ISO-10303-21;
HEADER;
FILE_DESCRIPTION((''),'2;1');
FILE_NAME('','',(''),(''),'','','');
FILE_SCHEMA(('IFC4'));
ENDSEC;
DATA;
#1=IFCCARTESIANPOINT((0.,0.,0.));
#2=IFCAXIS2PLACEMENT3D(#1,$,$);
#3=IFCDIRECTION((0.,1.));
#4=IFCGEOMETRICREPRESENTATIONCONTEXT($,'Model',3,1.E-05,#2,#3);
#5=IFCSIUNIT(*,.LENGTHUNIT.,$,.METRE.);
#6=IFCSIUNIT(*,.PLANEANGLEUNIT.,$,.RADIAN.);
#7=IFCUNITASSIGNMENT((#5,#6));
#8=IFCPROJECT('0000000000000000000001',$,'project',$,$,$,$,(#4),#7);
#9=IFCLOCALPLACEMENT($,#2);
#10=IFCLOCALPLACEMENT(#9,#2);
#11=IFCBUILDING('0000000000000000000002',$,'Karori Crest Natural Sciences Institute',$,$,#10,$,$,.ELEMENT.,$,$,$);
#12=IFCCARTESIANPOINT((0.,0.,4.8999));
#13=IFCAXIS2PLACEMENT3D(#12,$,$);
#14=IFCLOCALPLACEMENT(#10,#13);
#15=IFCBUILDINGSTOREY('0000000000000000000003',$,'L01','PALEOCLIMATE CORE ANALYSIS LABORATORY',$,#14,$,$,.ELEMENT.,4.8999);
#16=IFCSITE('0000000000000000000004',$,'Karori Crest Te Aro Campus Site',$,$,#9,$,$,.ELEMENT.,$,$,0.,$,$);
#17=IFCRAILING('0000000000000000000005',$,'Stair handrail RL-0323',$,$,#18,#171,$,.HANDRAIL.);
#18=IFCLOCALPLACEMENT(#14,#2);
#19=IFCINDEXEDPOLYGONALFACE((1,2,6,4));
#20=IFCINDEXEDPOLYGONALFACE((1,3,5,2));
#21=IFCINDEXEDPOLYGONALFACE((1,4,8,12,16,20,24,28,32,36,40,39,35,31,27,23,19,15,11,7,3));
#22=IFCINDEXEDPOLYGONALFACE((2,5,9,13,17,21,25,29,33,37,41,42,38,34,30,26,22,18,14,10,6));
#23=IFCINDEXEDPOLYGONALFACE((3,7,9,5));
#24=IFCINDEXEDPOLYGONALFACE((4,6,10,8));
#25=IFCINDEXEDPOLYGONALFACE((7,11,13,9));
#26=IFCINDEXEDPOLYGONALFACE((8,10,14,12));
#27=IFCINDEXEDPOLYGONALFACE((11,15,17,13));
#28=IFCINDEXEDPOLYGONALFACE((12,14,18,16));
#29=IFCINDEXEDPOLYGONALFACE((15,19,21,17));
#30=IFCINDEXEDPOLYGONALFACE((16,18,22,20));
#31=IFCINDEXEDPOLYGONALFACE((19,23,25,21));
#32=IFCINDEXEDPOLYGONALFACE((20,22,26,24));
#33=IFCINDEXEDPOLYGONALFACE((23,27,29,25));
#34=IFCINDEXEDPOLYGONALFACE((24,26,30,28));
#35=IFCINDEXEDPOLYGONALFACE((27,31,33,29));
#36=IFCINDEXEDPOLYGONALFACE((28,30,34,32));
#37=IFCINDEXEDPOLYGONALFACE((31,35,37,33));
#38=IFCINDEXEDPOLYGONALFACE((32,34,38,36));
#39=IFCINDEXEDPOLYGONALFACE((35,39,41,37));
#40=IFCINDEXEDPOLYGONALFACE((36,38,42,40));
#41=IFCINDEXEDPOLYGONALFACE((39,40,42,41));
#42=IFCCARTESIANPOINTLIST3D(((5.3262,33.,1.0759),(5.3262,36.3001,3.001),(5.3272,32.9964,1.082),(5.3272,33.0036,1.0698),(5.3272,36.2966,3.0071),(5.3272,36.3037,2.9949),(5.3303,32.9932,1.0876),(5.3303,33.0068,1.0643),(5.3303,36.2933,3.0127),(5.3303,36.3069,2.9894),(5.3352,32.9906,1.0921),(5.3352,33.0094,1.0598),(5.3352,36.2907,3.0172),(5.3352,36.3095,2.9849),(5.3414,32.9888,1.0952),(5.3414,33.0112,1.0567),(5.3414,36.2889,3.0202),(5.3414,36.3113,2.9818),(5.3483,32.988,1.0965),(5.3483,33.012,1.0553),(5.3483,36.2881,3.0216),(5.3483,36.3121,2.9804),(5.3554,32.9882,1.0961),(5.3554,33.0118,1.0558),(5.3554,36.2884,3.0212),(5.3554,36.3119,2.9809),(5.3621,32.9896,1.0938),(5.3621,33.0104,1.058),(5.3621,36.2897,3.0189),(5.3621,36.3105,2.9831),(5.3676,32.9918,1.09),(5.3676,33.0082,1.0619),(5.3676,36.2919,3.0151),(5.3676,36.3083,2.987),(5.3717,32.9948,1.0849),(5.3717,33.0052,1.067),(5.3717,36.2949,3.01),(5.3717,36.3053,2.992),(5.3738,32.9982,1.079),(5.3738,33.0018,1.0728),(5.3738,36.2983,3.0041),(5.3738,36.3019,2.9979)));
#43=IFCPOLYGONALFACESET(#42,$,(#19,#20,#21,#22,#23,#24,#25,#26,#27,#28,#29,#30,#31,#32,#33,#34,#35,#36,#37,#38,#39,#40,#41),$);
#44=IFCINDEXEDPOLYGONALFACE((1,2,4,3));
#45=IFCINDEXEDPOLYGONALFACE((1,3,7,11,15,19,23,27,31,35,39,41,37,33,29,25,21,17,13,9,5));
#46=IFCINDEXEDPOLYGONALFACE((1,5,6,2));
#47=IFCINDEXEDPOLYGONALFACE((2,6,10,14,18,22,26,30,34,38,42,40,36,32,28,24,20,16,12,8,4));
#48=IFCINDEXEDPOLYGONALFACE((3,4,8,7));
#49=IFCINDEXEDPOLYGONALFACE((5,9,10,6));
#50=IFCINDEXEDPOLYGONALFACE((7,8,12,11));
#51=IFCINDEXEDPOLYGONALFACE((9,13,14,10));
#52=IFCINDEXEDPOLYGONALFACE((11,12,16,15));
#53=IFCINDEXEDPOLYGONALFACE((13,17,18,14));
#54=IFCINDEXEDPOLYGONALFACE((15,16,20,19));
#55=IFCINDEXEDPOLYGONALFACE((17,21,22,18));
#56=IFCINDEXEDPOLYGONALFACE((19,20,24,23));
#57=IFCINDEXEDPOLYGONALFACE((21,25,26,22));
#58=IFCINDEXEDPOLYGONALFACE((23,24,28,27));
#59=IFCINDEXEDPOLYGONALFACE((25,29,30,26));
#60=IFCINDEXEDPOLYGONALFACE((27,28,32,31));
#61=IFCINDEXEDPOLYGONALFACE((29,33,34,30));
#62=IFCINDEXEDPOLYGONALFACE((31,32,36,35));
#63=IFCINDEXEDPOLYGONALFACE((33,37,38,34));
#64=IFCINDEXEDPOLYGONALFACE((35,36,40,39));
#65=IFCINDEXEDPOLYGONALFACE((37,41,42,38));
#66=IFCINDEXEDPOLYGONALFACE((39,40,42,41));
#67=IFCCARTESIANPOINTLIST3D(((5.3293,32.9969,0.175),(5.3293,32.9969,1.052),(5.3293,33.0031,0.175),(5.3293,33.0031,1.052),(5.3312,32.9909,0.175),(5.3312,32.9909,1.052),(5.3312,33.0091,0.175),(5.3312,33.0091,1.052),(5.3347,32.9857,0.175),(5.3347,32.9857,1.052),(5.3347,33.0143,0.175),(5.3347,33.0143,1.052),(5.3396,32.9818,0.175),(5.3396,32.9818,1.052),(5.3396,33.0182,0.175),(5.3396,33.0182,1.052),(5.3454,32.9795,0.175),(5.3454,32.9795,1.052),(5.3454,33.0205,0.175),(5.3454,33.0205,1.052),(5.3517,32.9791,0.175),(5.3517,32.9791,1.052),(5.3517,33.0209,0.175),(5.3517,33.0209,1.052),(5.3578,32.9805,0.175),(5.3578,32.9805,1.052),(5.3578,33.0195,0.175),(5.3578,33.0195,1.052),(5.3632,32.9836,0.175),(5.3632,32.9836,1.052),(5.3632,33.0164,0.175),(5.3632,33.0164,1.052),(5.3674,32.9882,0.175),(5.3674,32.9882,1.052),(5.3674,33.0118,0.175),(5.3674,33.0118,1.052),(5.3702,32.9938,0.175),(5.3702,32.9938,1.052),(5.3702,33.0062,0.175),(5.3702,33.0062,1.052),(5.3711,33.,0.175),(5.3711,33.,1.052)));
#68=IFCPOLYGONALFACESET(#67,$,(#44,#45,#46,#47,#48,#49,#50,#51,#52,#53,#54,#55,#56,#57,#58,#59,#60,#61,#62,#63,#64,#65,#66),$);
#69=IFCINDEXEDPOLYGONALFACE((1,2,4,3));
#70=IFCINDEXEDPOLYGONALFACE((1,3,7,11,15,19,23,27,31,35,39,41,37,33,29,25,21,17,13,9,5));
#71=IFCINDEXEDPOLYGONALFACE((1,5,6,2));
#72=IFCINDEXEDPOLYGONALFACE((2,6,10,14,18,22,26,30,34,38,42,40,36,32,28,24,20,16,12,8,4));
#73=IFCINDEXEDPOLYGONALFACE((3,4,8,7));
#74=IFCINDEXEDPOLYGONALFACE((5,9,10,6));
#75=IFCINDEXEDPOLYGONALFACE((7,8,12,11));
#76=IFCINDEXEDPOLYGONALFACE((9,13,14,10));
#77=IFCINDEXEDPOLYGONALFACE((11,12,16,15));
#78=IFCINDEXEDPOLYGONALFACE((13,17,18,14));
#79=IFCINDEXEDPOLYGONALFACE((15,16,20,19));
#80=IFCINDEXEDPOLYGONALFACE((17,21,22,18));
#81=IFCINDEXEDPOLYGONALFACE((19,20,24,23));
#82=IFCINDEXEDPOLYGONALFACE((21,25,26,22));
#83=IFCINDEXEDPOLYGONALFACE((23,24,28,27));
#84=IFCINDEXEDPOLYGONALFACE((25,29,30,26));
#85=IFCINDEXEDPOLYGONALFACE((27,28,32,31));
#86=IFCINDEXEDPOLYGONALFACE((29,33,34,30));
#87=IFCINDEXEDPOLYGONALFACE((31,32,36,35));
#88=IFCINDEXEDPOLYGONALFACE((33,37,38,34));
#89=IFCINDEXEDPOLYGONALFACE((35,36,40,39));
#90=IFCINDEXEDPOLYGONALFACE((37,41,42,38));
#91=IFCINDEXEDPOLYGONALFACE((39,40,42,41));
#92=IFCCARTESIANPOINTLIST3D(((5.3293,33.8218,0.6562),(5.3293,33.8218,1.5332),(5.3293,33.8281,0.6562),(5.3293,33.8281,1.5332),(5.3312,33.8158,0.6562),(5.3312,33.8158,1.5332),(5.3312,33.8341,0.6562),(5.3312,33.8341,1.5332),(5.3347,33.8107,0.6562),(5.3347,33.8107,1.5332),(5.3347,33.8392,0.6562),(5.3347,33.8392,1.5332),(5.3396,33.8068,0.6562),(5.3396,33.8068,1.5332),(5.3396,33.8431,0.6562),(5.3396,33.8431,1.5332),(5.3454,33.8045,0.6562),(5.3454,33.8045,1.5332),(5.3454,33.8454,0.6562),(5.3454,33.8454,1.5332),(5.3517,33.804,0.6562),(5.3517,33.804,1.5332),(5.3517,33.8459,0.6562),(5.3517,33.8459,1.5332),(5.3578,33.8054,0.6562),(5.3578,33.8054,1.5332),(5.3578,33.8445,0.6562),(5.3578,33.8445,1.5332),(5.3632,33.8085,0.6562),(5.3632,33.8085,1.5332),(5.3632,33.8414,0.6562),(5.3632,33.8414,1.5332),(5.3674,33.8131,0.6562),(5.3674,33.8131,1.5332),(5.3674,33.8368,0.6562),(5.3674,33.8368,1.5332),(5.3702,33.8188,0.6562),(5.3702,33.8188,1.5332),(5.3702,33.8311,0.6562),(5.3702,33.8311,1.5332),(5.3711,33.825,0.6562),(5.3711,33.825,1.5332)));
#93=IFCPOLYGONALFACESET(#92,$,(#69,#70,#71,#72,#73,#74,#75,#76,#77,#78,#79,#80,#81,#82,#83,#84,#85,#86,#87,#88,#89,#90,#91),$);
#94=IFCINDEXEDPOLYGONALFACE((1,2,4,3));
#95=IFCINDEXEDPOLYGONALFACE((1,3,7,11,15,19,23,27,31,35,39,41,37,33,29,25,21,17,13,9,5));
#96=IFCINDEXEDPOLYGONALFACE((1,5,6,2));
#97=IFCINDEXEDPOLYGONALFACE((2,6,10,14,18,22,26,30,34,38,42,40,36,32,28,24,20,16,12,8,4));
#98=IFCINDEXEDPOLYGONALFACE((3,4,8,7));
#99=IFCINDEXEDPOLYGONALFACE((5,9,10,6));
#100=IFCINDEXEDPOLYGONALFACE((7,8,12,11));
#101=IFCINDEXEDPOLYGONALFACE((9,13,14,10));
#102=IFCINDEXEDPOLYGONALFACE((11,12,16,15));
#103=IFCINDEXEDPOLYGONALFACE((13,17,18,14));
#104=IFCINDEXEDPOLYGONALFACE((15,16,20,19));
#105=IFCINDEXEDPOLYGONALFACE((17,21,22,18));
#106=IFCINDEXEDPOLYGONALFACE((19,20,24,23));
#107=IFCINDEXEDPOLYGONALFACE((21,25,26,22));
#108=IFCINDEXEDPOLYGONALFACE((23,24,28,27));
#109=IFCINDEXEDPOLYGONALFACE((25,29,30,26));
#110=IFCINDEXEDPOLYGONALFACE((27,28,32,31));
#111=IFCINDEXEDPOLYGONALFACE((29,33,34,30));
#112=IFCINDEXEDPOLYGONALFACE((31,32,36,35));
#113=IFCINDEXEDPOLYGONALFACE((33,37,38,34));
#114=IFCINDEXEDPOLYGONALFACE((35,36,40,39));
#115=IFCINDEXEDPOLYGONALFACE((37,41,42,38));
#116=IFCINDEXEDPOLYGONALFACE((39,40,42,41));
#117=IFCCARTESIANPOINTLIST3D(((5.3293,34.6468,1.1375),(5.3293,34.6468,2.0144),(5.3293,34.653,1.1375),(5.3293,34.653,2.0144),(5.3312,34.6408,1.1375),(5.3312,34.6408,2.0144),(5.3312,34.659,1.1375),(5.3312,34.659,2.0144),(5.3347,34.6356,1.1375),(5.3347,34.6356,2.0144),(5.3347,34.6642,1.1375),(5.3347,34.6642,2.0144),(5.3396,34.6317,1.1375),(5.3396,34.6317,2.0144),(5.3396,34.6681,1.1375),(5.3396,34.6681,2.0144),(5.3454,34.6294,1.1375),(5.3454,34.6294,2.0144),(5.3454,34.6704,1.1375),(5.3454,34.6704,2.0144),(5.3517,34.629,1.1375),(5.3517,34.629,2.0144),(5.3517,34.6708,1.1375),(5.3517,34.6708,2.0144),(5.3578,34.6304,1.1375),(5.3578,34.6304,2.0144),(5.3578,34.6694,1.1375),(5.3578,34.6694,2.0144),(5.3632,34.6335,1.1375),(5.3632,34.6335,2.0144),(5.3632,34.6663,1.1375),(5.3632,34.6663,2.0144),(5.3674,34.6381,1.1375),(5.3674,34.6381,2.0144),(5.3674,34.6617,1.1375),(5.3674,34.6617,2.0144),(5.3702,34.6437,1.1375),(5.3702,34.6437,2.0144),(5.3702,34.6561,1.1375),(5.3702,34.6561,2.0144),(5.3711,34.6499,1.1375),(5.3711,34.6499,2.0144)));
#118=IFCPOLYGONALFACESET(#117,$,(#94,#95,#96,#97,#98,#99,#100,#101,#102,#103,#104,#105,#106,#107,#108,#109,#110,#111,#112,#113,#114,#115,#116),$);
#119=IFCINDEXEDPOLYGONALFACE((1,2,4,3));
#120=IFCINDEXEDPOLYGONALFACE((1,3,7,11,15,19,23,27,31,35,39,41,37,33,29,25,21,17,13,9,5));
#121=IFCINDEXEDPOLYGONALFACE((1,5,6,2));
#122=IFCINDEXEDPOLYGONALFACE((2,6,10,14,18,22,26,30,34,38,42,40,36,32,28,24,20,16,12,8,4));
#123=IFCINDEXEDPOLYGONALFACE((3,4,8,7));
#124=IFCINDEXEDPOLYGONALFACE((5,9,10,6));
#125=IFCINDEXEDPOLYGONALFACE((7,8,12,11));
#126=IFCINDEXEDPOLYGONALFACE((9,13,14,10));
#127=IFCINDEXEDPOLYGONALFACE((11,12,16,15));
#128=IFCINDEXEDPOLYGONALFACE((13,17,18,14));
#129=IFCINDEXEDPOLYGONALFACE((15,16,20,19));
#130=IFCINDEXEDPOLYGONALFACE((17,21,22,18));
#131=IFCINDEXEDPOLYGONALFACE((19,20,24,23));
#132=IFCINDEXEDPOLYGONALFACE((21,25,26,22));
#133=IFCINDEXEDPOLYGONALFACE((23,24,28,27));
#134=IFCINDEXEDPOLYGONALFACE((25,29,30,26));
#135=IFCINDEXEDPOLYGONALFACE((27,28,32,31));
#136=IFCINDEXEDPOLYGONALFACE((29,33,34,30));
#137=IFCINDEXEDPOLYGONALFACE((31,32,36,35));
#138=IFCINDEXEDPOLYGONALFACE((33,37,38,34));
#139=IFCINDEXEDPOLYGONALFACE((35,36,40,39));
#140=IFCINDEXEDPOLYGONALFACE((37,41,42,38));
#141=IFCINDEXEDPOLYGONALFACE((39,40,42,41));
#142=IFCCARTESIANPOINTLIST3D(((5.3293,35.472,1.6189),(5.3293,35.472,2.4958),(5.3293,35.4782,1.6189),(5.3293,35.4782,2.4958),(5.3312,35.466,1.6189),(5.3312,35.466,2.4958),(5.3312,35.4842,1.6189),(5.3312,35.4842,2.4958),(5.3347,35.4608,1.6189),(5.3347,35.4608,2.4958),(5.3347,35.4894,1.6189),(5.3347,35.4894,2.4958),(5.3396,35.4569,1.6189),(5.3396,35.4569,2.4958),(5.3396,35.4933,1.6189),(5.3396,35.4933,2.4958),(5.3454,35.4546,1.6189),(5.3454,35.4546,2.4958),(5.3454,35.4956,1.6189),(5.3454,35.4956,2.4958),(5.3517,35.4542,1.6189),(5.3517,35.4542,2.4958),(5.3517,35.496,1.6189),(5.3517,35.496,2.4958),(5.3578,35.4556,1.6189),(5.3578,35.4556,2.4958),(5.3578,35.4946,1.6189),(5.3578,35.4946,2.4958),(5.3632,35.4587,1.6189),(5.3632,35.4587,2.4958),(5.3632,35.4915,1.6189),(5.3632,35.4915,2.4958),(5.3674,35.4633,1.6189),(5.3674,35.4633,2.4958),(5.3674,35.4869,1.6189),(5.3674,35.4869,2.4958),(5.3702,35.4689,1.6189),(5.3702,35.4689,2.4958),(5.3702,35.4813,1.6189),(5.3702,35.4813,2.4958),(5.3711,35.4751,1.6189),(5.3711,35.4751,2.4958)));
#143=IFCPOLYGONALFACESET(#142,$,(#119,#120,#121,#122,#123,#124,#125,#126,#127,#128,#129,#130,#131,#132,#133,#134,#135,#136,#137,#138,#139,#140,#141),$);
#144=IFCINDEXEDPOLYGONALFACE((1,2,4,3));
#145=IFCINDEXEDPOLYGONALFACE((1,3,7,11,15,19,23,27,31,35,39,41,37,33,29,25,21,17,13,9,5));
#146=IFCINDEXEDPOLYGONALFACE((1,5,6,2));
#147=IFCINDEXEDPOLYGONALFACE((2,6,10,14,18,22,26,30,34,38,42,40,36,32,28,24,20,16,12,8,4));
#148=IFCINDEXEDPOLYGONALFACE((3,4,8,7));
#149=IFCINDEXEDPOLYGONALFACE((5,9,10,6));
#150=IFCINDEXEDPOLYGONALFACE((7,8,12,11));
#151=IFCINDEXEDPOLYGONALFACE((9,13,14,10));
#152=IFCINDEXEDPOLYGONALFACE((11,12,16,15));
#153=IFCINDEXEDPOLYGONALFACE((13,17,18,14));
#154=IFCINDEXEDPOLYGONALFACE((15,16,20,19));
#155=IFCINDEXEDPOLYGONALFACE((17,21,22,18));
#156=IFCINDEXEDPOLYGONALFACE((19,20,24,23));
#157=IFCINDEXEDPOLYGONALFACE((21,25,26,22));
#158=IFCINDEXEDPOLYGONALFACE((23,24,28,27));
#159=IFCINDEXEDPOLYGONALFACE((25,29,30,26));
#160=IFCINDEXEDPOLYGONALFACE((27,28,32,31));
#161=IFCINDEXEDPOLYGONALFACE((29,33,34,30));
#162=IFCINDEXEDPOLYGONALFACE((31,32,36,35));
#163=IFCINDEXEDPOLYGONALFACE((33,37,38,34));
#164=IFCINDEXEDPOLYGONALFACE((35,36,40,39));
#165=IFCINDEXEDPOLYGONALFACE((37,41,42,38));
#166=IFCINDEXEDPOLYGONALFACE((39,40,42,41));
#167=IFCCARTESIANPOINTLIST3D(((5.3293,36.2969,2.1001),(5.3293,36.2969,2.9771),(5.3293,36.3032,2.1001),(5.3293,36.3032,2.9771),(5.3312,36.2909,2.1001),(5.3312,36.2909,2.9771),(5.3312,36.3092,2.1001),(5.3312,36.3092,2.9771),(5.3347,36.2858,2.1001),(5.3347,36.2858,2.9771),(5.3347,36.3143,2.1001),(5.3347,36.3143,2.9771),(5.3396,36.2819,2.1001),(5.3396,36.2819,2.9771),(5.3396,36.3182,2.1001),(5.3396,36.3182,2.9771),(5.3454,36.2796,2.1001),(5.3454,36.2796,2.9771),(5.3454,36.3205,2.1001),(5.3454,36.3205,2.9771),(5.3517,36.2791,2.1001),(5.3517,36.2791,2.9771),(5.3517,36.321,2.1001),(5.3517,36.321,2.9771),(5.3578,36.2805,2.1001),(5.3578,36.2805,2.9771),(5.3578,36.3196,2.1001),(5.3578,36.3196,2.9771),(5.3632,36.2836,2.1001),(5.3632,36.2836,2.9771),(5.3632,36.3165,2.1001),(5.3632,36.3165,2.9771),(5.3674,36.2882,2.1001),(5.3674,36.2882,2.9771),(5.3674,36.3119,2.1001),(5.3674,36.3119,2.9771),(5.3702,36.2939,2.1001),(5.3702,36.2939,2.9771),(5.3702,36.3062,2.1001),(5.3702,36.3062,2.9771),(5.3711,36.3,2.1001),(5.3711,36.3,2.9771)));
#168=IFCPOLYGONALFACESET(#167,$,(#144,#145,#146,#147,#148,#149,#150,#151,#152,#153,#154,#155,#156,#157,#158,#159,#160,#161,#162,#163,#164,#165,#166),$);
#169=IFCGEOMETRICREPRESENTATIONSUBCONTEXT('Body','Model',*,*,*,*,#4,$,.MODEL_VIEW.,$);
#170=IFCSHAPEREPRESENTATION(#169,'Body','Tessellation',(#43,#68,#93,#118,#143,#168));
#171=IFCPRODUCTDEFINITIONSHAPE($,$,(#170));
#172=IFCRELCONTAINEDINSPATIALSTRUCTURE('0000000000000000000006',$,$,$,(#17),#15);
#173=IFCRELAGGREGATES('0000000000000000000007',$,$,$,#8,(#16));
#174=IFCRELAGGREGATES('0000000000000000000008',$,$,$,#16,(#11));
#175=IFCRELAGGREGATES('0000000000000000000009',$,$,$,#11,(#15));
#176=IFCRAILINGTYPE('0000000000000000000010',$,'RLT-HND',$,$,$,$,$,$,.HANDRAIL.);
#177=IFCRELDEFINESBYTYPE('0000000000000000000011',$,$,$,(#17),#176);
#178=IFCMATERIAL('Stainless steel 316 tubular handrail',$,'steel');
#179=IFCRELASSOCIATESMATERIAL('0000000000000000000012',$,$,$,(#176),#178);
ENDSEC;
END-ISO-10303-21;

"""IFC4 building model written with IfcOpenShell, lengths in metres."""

from ifc_helpers import new_model, si_unit, direction, frame, origin, origin_2d, place, context, subcontext, project, spatial, circle, extrude, material, type_object, element, save


model = new_model("IFC4")

# Units and contexts
model_context = context("Model", 3, precision=1e-05, world=origin(), true_north=direction((0.0, 1.0)))
body_context = subcontext(model_context, "Body", "Model", "MODEL_VIEW")
ifc_project = project(units=[si_unit("LENGTHUNIT", "METRE"), si_unit("PLANEANGLEUNIT", "RADIAN")], contexts=[model_context])

# Site, building, storey
site_placement = place(None, origin())
site = spatial("IfcSite", under=ifc_project, at=site_placement, Name="Karori Crest Te Aro Campus Site", CompositionType="ELEMENT", RefElevation=0.0)
building_placement = place(site_placement, origin())
building = spatial("IfcBuilding", under=site, at=building_placement, Name="Karori Crest Natural Sciences Institute", CompositionType="ELEMENT")
storey_placement = place(building_placement, frame((0.0, 0.0, 4.8999)))
storey = spatial("IfcBuildingStorey", under=building, at=storey_placement, Name="L01", Description="PALEOCLIMATE CORE ANALYSIS LABORATORY", CompositionType="ELEMENT", Elevation=4.8999)

# Railing
ifc_material_1 = material(Name="Stainless steel 316 tubular handrail", Category="steel")
railing_type_1 = type_object("IfcRailingType", Name="RLT-HND", PredefinedType="HANDRAIL", material=ifc_material_1)
railing_1_placement = place(storey_placement, frame((5.3501, 33.0, 0.175)))
element("IfcRailing", 1, at=railing_1_placement, inside=storey, type_object=railing_type_1, Name="Stair handrail RL-0323", PredefinedType="HANDRAIL", context=body_context, shape_type="SweptSolid", body=[
    extrude(circle(Radius=0.0239, at=origin_2d()), frame((0.0, 0.0, 0.9009), z_axis=(0.0, 0.863777, 0.503875), x_axis=(-1.0, 0.0, 0.0)), (0.0, 0.0, 1.0), 3.8206),
    extrude(circle(Radius=0.021, at=origin_2d()), origin(), (0.0, 0.0, 1.0), 0.877),
    extrude(circle(Radius=0.021, at=origin_2d()), frame((0.0, 0.825, 0.4812)), (0.0, 0.0, 1.0), 0.877),
    extrude(circle(Radius=0.021, at=origin_2d()), frame((0.0, 1.6499, 0.9624)), (0.0, 0.0, 1.0), 0.877),
    extrude(circle(Radius=0.021, at=origin_2d()), frame((0.0, 2.4751, 1.4438)), (0.0, 0.0, 1.0), 0.877),
    extrude(circle(Radius=0.021, at=origin_2d()), frame((0.0, 3.3, 1.925)), (0.0, 0.0, 1.0), 0.877),
])

save(model, "model.ifc")
